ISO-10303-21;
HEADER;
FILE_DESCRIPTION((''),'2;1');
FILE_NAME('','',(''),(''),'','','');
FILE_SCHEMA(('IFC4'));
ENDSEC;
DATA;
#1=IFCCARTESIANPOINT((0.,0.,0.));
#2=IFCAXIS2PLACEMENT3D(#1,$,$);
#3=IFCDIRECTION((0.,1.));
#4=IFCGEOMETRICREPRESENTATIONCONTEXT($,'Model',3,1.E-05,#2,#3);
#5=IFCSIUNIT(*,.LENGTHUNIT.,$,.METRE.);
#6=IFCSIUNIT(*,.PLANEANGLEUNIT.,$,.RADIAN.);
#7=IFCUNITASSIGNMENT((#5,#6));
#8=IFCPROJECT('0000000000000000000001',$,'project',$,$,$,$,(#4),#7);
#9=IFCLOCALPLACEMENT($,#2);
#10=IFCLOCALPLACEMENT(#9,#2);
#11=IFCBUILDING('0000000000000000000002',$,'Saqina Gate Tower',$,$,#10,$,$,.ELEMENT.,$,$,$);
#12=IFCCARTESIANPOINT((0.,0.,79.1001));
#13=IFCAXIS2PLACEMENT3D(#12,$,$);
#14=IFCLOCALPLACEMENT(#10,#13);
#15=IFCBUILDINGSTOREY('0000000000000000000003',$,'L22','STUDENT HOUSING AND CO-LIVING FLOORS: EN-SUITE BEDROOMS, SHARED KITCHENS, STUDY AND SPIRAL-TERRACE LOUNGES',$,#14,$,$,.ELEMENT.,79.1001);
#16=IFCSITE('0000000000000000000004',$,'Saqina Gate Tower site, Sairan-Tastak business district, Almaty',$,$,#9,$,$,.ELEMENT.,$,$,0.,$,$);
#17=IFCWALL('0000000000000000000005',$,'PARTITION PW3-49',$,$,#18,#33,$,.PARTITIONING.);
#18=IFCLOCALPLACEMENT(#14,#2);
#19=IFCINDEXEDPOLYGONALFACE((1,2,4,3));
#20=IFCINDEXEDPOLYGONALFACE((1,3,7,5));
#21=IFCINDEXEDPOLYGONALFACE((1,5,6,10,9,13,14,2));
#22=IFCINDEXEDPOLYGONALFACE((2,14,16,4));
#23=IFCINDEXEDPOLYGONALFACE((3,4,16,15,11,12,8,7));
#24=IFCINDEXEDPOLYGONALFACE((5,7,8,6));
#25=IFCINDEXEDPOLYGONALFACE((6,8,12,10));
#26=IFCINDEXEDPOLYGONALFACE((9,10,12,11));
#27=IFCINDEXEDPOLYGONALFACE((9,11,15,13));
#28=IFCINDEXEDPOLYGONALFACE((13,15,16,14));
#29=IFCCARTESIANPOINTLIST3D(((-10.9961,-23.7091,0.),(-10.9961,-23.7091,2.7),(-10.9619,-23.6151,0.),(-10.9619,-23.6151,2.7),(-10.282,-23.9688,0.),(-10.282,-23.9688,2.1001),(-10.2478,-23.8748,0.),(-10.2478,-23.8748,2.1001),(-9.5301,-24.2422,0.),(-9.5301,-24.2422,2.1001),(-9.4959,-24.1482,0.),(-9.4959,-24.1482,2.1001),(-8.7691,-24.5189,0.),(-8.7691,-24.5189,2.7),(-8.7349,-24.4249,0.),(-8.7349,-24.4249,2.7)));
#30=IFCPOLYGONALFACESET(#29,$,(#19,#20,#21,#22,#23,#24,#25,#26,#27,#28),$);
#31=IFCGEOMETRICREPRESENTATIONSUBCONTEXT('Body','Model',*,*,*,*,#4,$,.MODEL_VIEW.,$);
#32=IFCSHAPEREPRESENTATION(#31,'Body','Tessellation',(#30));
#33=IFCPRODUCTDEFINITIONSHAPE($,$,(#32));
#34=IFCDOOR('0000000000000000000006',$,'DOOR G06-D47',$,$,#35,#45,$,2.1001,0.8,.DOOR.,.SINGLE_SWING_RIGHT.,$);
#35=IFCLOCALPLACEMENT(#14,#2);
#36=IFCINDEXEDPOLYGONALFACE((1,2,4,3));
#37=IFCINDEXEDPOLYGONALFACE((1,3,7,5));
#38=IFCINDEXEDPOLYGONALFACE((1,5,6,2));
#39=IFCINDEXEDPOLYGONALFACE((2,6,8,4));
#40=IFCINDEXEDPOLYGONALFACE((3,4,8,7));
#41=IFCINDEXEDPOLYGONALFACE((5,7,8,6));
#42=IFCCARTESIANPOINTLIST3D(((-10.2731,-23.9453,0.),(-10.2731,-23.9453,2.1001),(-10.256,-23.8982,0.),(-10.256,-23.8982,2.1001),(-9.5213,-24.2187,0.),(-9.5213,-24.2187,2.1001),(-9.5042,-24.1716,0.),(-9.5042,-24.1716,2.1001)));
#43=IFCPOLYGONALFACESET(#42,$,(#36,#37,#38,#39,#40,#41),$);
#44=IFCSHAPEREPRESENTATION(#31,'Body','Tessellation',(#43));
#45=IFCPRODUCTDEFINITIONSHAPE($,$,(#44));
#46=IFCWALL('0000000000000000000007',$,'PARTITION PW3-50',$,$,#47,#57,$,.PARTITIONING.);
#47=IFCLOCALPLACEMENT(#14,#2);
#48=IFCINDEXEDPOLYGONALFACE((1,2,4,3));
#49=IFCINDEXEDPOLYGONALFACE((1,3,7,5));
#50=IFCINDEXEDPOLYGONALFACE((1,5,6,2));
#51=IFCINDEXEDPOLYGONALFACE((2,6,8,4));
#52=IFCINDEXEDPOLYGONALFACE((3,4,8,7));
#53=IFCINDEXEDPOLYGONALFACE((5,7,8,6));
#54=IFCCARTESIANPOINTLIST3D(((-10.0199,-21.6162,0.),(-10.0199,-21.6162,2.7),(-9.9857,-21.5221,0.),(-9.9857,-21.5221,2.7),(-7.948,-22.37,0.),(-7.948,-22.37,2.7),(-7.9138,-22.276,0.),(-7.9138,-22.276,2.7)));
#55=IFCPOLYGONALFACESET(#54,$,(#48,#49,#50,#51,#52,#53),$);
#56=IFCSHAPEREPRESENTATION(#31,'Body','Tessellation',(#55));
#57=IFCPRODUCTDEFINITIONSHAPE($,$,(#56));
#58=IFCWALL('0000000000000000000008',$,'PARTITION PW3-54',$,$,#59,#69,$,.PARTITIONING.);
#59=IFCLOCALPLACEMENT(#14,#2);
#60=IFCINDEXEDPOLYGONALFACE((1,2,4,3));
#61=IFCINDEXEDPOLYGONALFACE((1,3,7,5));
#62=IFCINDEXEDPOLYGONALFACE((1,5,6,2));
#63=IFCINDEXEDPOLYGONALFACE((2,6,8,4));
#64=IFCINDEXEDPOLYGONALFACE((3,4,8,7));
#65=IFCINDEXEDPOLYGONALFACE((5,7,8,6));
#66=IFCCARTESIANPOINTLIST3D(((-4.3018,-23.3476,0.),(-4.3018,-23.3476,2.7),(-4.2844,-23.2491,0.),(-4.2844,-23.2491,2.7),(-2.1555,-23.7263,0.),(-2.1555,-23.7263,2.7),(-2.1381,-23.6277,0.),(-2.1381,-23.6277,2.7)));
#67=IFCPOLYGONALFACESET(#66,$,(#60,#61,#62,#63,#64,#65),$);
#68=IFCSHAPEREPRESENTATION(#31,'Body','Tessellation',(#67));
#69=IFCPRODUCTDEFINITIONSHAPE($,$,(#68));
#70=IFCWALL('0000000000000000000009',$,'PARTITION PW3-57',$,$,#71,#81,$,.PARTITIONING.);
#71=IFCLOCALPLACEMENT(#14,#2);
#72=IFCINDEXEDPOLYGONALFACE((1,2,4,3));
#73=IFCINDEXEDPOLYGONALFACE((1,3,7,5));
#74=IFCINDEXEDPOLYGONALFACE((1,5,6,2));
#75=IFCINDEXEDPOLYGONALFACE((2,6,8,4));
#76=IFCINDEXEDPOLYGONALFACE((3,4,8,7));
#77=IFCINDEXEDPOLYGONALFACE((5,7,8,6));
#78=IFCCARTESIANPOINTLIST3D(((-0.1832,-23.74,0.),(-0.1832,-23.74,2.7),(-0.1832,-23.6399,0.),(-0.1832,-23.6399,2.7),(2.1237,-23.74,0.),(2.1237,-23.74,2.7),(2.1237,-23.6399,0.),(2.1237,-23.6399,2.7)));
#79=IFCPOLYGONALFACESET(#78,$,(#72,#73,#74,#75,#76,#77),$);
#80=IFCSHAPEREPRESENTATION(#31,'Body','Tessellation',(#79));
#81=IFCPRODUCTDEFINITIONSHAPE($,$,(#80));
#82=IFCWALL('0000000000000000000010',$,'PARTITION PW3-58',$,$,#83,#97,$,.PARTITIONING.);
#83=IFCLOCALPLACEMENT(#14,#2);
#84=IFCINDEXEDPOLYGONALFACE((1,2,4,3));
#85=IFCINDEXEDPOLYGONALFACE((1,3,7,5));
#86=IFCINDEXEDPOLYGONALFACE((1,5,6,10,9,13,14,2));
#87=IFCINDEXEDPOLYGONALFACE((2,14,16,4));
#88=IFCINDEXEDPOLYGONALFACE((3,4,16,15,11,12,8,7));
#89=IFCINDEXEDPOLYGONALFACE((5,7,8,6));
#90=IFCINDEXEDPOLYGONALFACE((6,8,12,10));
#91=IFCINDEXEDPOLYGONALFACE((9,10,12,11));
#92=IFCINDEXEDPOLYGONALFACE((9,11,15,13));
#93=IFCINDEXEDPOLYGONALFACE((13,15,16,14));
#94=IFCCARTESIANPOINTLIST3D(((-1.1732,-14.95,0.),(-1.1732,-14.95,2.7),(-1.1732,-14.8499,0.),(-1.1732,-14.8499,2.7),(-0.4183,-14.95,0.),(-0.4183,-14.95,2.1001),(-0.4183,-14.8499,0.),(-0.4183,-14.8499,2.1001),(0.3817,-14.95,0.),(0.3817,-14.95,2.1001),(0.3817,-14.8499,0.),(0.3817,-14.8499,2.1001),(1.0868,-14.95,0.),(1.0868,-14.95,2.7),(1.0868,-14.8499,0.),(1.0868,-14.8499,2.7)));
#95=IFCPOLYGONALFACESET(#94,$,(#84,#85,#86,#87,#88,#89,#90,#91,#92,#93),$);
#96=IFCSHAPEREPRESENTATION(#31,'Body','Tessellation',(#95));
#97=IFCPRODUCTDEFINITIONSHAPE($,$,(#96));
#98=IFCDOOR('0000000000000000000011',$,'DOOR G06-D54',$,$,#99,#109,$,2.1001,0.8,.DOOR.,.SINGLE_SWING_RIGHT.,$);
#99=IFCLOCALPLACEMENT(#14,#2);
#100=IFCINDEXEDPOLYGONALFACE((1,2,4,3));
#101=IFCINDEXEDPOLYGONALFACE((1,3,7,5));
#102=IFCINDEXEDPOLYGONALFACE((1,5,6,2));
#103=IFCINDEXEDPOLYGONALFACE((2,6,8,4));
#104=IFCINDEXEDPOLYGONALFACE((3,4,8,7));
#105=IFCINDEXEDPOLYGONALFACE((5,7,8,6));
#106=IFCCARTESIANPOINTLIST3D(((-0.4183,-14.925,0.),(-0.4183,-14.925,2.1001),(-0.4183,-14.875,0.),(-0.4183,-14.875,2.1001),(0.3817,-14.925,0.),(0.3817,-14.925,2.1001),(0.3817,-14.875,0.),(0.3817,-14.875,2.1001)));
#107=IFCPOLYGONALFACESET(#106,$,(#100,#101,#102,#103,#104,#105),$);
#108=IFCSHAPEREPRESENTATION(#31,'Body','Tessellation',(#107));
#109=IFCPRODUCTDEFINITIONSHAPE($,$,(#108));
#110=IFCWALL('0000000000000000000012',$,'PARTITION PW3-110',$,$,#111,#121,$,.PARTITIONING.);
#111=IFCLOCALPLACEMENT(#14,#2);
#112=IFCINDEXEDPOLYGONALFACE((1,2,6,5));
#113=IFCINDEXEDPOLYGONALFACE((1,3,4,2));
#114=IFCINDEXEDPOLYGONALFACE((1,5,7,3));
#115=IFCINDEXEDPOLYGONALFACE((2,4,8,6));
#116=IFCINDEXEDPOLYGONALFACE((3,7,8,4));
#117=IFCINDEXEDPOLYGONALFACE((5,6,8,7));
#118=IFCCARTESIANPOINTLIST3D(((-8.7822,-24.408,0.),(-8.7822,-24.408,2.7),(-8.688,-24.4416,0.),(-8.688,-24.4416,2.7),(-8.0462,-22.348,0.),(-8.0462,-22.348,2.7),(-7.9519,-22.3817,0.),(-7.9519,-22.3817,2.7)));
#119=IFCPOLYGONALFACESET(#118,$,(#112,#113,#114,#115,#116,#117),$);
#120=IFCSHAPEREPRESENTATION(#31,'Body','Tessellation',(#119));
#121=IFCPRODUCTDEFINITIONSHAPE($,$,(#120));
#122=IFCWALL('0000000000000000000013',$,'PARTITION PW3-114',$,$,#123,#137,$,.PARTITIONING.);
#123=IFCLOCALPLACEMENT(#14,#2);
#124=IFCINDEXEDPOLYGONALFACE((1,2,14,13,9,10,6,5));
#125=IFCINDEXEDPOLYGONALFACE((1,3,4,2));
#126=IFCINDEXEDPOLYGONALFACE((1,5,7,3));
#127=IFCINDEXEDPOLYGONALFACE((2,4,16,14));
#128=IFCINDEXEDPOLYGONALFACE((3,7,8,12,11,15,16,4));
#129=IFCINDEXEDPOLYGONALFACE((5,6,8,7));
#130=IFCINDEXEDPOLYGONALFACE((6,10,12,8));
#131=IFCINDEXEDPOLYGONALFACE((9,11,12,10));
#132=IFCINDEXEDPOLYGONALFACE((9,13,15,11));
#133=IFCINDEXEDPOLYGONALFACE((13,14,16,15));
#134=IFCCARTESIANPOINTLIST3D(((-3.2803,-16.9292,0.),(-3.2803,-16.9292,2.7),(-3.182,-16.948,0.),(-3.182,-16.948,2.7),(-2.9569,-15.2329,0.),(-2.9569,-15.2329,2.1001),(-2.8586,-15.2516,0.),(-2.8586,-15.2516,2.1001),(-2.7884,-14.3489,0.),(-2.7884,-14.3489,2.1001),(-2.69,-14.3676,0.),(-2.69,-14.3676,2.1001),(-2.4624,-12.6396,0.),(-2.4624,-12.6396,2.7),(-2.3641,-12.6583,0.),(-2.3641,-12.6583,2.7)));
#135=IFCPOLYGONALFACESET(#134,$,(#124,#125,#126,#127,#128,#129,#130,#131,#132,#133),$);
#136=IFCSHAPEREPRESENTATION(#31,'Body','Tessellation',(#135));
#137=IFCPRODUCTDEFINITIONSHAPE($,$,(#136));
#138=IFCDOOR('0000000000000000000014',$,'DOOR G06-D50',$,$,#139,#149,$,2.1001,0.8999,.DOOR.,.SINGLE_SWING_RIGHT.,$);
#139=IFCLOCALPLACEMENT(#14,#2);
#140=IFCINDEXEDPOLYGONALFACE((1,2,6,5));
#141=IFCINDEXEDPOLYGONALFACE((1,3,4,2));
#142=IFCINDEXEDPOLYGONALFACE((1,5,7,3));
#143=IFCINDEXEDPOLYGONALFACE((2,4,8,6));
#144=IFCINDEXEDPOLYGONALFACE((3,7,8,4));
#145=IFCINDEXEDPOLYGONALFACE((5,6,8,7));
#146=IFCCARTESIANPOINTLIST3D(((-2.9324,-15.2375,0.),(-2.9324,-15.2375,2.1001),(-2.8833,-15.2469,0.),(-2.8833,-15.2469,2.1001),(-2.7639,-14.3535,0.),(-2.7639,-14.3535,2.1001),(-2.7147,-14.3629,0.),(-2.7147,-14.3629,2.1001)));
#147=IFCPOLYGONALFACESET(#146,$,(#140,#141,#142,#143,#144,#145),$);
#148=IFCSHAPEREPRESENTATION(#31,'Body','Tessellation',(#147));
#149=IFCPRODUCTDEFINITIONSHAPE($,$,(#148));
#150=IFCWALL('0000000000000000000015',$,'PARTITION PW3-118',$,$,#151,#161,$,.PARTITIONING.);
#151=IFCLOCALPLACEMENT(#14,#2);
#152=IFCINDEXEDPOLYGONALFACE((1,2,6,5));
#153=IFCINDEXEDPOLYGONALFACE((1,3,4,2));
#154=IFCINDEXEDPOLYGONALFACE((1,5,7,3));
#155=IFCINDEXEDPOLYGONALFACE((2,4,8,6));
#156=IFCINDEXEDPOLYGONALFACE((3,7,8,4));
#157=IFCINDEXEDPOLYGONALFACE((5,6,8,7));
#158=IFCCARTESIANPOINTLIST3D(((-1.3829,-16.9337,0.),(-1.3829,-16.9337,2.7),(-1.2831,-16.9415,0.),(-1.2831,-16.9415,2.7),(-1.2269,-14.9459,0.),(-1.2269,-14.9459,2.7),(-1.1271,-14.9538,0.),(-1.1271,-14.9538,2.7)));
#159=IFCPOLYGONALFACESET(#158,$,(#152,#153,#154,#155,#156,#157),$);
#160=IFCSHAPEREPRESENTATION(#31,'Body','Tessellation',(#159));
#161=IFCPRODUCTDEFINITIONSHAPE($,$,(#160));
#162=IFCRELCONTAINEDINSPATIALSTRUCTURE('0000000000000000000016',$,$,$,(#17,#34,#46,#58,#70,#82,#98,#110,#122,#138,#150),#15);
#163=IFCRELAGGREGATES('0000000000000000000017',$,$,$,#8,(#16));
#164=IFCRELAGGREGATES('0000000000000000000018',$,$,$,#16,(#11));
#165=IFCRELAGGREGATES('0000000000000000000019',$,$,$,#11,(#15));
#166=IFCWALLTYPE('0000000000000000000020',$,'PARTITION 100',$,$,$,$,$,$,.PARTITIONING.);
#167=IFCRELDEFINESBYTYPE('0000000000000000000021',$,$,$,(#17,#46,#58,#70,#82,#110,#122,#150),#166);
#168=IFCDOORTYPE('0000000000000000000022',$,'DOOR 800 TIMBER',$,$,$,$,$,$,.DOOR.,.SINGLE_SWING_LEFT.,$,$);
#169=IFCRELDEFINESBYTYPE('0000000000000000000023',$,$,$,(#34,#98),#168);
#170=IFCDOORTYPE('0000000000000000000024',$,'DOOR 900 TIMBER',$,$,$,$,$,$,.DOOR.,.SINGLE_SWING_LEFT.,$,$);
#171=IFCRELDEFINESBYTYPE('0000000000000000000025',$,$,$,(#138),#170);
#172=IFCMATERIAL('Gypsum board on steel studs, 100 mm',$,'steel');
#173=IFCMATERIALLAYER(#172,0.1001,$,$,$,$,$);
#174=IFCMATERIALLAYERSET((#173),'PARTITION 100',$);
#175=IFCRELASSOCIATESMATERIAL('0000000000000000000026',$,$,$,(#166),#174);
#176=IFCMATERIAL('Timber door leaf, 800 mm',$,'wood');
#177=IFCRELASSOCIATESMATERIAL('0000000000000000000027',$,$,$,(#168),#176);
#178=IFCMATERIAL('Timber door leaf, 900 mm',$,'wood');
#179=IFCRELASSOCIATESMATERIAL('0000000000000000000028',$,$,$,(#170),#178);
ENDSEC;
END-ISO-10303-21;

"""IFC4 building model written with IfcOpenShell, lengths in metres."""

from ifc_helpers import new_model, si_unit, direction, frame, frame_2d, origin, place, context, subcontext, project, spatial, rectangle, extrude, material, layer, layer_set, type_object, element, fill, save


model = new_model("IFC4")

# Units and contexts
model_context = context("Model", 3, precision=1e-05, world=origin(), true_north=direction((0.0, 1.0)))
body_context = subcontext(model_context, "Body", "Model", "MODEL_VIEW")
ifc_project = project(units=[si_unit("LENGTHUNIT", "METRE"), si_unit("PLANEANGLEUNIT", "RADIAN")], contexts=[model_context])

# Site, building, storey
site_placement = place(None, origin())
site = spatial("IfcSite", under=ifc_project, at=site_placement, Name="Saqina Gate Tower site, Sairan-Tastak business district, Almaty", CompositionType="ELEMENT", RefElevation=0.0)
building_placement = place(site_placement, origin())
building = spatial("IfcBuilding", under=site, at=building_placement, Name="Saqina Gate Tower", CompositionType="ELEMENT")
storey_placement = place(building_placement, frame((0.0, 0.0, 79.1001)))
storey = spatial("IfcBuildingStorey", under=building, at=storey_placement, Name="L22", Description="STUDENT HOUSING AND CO-LIVING FLOORS: EN-SUITE BEDROOMS, SHARED KITCHENS, STUDY AND SPIRAL-TERRACE LOUNGES", CompositionType="ELEMENT", Elevation=79.1001)

# Wall, opening, door
ifc_material_1 = material(Name="Gypsum board on steel studs, 100 mm", Category="steel")
ifc_layer_1 = layer(ifc_material_1, 0.1001)
ifc_layer_set_1 = layer_set([ifc_layer_1], Name="PARTITION 100")
wall_type_1 = type_object("IfcWallType", Name="PARTITION 100", PredefinedType="PARTITIONING", material=ifc_layer_set_1)
wall_1_placement = place(storey_placement, frame((-10.979, -23.6621, 0.0), z_axis=(0.0, 0.0, 1.0), x_axis=(0.939796, -0.341735, 0.0)))
wall_1 = element("IfcWall", 1, at=wall_1_placement, inside=storey, type_object=wall_type_1, Name="PARTITION PW3-49", PredefinedType="PARTITIONING", context=body_context, shape_type="SweptSolid", body=[
    extrude(rectangle(XDim=2.3696, YDim=0.1001, at=frame_2d((1.1848, 0.0))), origin(), (0.0, 0.0, 1.0), 2.7),
])
opening_1_placement = place(wall_1_placement, frame((0.76, 0.0, 0.0)))
opening_1 = element("IfcOpeningElement", 2, at=opening_1_placement, cuts=wall_1, PredefinedType="OPENING", context=body_context, shape_type="SweptSolid", body=[
    extrude(rectangle(XDim=0.8, YDim=2.1001, at=frame_2d((0.3999, 1.05))), frame((0.0, 0.062, 0.0), z_axis=(0.0, -1.0, 0.0), x_axis=(1.0, 0.0, 0.0)), (0.0, 0.0, 1.0), 0.124),
])
ifc_material_2 = material(Name="Timber door leaf, 800 mm", Category="wood")
door_type_1 = type_object("IfcDoorType", Name="DOOR 800 TIMBER", OperationType="SINGLE_SWING_LEFT", PredefinedType="DOOR", material=ifc_material_2)
door_1_placement = place(opening_1_placement, frame((0.8, 0.0, 0.0), z_axis=(0.0, 0.0, 1.0), x_axis=(-1.0, 0.0, 0.0)))
door_1 = element("IfcDoor", 3, at=door_1_placement, inside=storey, type_object=door_type_1, Name="DOOR G06-D47", OperationType="SINGLE_SWING_RIGHT", OverallHeight=2.1001, OverallWidth=0.8, PredefinedType="DOOR", context=body_context, shape_type="SweptSolid", body=[
    extrude(rectangle(XDim=0.8, YDim=2.1001, at=frame_2d((0.3999, 1.05))), frame((0.0, 0.0249, 0.0), z_axis=(0.0, -1.0, 0.0), x_axis=(1.0, 0.0, 0.0)), (0.0, 0.0, 1.0), 0.05),
])
fill(opening_1, door_1)

# Walls
wall_2_placement = place(storey_placement, frame((-10.0029, -21.5691, 0.0), z_axis=(0.0, 0.0, 1.0), x_axis=(0.939729, -0.341921, 0.0)))
element("IfcWall", 4, at=wall_2_placement, inside=storey, type_object=wall_type_1, Name="PARTITION PW3-50", PredefinedType="PARTITIONING", context=body_context, shape_type="SweptSolid", body=[
    extrude(rectangle(XDim=2.2048, YDim=0.1001, at=frame_2d((1.1025, 0.0))), origin(), (0.0, 0.0, 1.0), 2.7),
])
wall_3_placement = place(storey_placement, frame((-4.2932, -23.2983, 0.0), z_axis=(0.0, 0.0, 1.0), x_axis=(0.98479, -0.173747, 0.0)))
element("IfcWall", 5, at=wall_3_placement, inside=storey, type_object=wall_type_1, Name="PARTITION PW3-54", PredefinedType="PARTITIONING", context=body_context, shape_type="SweptSolid", body=[
    extrude(rectangle(XDim=2.1794, YDim=0.1001, at=frame_2d((1.0898, 0.0))), origin(), (0.0, 0.0, 1.0), 2.7),
])
wall_4_placement = place(storey_placement, frame((-0.1831, -23.6899, 0.0), z_axis=(0.0, 0.0, 1.0), x_axis=(1.0, 0.0, 0.0)))
element("IfcWall", 6, at=wall_4_placement, inside=storey, type_object=wall_type_1, Name="PARTITION PW3-57", PredefinedType="PARTITIONING", context=body_context, shape_type="SweptSolid", body=[
    extrude(rectangle(XDim=2.3069, YDim=0.1001, at=frame_2d((1.1533, 0.0))), origin(), (0.0, 0.0, 1.0), 2.7),
])

# Wall, opening, door
wall_5_placement = place(storey_placement, frame((-1.1731, -14.8999, 0.0), z_axis=(0.0, 0.0, 1.0), x_axis=(1.0, 0.0, 0.0)))
wall_5 = element("IfcWall", 7, at=wall_5_placement, inside=storey, type_object=wall_type_1, Name="PARTITION PW3-58", PredefinedType="PARTITIONING", context=body_context, shape_type="SweptSolid", body=[
    extrude(rectangle(XDim=2.26, YDim=0.1001, at=frame_2d((1.1299, 0.0))), origin(), (0.0, 0.0, 1.0), 2.7),
])
opening_2_placement = place(wall_5_placement, frame((0.7549, 0.0, 0.0)))
opening_2 = element("IfcOpeningElement", 8, at=opening_2_placement, cuts=wall_5, PredefinedType="OPENING", context=body_context, shape_type="SweptSolid", body=[
    extrude(rectangle(XDim=0.8, YDim=2.1001, at=frame_2d((0.3999, 1.05))), frame((0.0, 0.062, 0.0), z_axis=(0.0, -1.0, 0.0), x_axis=(1.0, 0.0, 0.0)), (0.0, 0.0, 1.0), 0.124),
])
door_2_placement = place(opening_2_placement, origin())
door_2 = element("IfcDoor", 9, at=door_2_placement, inside=storey, type_object=door_type_1, Name="DOOR G06-D54", OperationType="SINGLE_SWING_RIGHT", OverallHeight=2.1001, OverallWidth=0.8, PredefinedType="DOOR", context=body_context, shape_type="SweptSolid", body=[
    extrude(rectangle(XDim=0.8, YDim=2.1001, at=frame_2d((0.3999, 1.05))), frame((0.0, 0.0249, 0.0), z_axis=(0.0, -1.0, 0.0), x_axis=(1.0, 0.0, 0.0)), (0.0, 0.0, 1.0), 0.05),
])
fill(opening_2, door_2)

# Wall
wall_6_placement = place(storey_placement, frame((-8.7351, -24.4248, 0.0), z_axis=(0.0, 0.0, 1.0), x_axis=(0.336478, 0.941691, 0.0)))
element("IfcWall", 10, at=wall_6_placement, inside=storey, type_object=wall_type_1, Name="PARTITION PW3-110", PredefinedType="PARTITIONING", context=body_context, shape_type="SweptSolid", body=[
    extrude(rectangle(XDim=2.1875, YDim=0.1001, at=frame_2d((1.0938, 0.0))), origin(), (0.0, 0.0, 1.0), 2.7),
])

# Wall, opening, door
wall_7_placement = place(storey_placement, frame((-3.2312, -16.9387, 0.0), z_axis=(0.0, 0.0, 1.0), x_axis=(0.187292, 0.982304, 0.0)))
wall_7 = element("IfcWall", 11, at=wall_7_placement, inside=storey, type_object=wall_type_1, Name="PARTITION PW3-114", PredefinedType="PARTITIONING", context=body_context, shape_type="SweptSolid", body=[
    extrude(rectangle(XDim=4.3669, YDim=0.1001, at=frame_2d((2.1836, 0.0))), origin(), (0.0, 0.0, 1.0), 2.7),
])
opening_3_placement = place(wall_7_placement, frame((1.7271, 0.0, 0.0)))
opening_3 = element("IfcOpeningElement", 12, at=opening_3_placement, cuts=wall_7, PredefinedType="OPENING", context=body_context, shape_type="SweptSolid", body=[
    extrude(rectangle(XDim=0.8999, YDim=2.1001, at=frame_2d((0.45, 1.05))), frame((0.0, 0.062, 0.0), z_axis=(0.0, -1.0, 0.0), x_axis=(1.0, 0.0, 0.0)), (0.0, 0.0, 1.0), 0.124),
])
ifc_material_3 = material(Name="Timber door leaf, 900 mm", Category="wood")
door_type_2 = type_object("IfcDoorType", Name="DOOR 900 TIMBER", OperationType="SINGLE_SWING_LEFT", PredefinedType="DOOR", material=ifc_material_3)
door_3_placement = place(opening_3_placement, frame((0.8999, 0.0, 0.0), z_axis=(0.0, 0.0, 1.0), x_axis=(-1.0, 0.0, 0.0)))
door_3 = element("IfcDoor", 13, at=door_3_placement, inside=storey, type_object=door_type_2, Name="DOOR G06-D50", OperationType="SINGLE_SWING_RIGHT", OverallHeight=2.1001, OverallWidth=0.8999, PredefinedType="DOOR", context=body_context, shape_type="SweptSolid", body=[
    extrude(rectangle(XDim=0.8999, YDim=2.1001, at=frame_2d((0.45, 1.05))), frame((0.0, 0.0249, 0.0), z_axis=(0.0, -1.0, 0.0), x_axis=(1.0, 0.0, 0.0)), (0.0, 0.0, 1.0), 0.05),
])
fill(opening_3, door_3)

# Wall
wall_8_placement = place(storey_placement, frame((-1.333, -16.9377, 0.0), z_axis=(0.0, 0.0, 1.0), x_axis=(0.078241, 0.996934, 0.0)))
element("IfcWall", 14, at=wall_8_placement, inside=storey, type_object=wall_type_1, Name="PARTITION PW3-118", PredefinedType="PARTITIONING", context=body_context, shape_type="SweptSolid", body=[
    extrude(rectangle(XDim=1.9939, YDim=0.1001, at=frame_2d((0.9971, 0.0))), origin(), (0.0, 0.0, 1.0), 2.7),
])

save(model, "model.ifc")
